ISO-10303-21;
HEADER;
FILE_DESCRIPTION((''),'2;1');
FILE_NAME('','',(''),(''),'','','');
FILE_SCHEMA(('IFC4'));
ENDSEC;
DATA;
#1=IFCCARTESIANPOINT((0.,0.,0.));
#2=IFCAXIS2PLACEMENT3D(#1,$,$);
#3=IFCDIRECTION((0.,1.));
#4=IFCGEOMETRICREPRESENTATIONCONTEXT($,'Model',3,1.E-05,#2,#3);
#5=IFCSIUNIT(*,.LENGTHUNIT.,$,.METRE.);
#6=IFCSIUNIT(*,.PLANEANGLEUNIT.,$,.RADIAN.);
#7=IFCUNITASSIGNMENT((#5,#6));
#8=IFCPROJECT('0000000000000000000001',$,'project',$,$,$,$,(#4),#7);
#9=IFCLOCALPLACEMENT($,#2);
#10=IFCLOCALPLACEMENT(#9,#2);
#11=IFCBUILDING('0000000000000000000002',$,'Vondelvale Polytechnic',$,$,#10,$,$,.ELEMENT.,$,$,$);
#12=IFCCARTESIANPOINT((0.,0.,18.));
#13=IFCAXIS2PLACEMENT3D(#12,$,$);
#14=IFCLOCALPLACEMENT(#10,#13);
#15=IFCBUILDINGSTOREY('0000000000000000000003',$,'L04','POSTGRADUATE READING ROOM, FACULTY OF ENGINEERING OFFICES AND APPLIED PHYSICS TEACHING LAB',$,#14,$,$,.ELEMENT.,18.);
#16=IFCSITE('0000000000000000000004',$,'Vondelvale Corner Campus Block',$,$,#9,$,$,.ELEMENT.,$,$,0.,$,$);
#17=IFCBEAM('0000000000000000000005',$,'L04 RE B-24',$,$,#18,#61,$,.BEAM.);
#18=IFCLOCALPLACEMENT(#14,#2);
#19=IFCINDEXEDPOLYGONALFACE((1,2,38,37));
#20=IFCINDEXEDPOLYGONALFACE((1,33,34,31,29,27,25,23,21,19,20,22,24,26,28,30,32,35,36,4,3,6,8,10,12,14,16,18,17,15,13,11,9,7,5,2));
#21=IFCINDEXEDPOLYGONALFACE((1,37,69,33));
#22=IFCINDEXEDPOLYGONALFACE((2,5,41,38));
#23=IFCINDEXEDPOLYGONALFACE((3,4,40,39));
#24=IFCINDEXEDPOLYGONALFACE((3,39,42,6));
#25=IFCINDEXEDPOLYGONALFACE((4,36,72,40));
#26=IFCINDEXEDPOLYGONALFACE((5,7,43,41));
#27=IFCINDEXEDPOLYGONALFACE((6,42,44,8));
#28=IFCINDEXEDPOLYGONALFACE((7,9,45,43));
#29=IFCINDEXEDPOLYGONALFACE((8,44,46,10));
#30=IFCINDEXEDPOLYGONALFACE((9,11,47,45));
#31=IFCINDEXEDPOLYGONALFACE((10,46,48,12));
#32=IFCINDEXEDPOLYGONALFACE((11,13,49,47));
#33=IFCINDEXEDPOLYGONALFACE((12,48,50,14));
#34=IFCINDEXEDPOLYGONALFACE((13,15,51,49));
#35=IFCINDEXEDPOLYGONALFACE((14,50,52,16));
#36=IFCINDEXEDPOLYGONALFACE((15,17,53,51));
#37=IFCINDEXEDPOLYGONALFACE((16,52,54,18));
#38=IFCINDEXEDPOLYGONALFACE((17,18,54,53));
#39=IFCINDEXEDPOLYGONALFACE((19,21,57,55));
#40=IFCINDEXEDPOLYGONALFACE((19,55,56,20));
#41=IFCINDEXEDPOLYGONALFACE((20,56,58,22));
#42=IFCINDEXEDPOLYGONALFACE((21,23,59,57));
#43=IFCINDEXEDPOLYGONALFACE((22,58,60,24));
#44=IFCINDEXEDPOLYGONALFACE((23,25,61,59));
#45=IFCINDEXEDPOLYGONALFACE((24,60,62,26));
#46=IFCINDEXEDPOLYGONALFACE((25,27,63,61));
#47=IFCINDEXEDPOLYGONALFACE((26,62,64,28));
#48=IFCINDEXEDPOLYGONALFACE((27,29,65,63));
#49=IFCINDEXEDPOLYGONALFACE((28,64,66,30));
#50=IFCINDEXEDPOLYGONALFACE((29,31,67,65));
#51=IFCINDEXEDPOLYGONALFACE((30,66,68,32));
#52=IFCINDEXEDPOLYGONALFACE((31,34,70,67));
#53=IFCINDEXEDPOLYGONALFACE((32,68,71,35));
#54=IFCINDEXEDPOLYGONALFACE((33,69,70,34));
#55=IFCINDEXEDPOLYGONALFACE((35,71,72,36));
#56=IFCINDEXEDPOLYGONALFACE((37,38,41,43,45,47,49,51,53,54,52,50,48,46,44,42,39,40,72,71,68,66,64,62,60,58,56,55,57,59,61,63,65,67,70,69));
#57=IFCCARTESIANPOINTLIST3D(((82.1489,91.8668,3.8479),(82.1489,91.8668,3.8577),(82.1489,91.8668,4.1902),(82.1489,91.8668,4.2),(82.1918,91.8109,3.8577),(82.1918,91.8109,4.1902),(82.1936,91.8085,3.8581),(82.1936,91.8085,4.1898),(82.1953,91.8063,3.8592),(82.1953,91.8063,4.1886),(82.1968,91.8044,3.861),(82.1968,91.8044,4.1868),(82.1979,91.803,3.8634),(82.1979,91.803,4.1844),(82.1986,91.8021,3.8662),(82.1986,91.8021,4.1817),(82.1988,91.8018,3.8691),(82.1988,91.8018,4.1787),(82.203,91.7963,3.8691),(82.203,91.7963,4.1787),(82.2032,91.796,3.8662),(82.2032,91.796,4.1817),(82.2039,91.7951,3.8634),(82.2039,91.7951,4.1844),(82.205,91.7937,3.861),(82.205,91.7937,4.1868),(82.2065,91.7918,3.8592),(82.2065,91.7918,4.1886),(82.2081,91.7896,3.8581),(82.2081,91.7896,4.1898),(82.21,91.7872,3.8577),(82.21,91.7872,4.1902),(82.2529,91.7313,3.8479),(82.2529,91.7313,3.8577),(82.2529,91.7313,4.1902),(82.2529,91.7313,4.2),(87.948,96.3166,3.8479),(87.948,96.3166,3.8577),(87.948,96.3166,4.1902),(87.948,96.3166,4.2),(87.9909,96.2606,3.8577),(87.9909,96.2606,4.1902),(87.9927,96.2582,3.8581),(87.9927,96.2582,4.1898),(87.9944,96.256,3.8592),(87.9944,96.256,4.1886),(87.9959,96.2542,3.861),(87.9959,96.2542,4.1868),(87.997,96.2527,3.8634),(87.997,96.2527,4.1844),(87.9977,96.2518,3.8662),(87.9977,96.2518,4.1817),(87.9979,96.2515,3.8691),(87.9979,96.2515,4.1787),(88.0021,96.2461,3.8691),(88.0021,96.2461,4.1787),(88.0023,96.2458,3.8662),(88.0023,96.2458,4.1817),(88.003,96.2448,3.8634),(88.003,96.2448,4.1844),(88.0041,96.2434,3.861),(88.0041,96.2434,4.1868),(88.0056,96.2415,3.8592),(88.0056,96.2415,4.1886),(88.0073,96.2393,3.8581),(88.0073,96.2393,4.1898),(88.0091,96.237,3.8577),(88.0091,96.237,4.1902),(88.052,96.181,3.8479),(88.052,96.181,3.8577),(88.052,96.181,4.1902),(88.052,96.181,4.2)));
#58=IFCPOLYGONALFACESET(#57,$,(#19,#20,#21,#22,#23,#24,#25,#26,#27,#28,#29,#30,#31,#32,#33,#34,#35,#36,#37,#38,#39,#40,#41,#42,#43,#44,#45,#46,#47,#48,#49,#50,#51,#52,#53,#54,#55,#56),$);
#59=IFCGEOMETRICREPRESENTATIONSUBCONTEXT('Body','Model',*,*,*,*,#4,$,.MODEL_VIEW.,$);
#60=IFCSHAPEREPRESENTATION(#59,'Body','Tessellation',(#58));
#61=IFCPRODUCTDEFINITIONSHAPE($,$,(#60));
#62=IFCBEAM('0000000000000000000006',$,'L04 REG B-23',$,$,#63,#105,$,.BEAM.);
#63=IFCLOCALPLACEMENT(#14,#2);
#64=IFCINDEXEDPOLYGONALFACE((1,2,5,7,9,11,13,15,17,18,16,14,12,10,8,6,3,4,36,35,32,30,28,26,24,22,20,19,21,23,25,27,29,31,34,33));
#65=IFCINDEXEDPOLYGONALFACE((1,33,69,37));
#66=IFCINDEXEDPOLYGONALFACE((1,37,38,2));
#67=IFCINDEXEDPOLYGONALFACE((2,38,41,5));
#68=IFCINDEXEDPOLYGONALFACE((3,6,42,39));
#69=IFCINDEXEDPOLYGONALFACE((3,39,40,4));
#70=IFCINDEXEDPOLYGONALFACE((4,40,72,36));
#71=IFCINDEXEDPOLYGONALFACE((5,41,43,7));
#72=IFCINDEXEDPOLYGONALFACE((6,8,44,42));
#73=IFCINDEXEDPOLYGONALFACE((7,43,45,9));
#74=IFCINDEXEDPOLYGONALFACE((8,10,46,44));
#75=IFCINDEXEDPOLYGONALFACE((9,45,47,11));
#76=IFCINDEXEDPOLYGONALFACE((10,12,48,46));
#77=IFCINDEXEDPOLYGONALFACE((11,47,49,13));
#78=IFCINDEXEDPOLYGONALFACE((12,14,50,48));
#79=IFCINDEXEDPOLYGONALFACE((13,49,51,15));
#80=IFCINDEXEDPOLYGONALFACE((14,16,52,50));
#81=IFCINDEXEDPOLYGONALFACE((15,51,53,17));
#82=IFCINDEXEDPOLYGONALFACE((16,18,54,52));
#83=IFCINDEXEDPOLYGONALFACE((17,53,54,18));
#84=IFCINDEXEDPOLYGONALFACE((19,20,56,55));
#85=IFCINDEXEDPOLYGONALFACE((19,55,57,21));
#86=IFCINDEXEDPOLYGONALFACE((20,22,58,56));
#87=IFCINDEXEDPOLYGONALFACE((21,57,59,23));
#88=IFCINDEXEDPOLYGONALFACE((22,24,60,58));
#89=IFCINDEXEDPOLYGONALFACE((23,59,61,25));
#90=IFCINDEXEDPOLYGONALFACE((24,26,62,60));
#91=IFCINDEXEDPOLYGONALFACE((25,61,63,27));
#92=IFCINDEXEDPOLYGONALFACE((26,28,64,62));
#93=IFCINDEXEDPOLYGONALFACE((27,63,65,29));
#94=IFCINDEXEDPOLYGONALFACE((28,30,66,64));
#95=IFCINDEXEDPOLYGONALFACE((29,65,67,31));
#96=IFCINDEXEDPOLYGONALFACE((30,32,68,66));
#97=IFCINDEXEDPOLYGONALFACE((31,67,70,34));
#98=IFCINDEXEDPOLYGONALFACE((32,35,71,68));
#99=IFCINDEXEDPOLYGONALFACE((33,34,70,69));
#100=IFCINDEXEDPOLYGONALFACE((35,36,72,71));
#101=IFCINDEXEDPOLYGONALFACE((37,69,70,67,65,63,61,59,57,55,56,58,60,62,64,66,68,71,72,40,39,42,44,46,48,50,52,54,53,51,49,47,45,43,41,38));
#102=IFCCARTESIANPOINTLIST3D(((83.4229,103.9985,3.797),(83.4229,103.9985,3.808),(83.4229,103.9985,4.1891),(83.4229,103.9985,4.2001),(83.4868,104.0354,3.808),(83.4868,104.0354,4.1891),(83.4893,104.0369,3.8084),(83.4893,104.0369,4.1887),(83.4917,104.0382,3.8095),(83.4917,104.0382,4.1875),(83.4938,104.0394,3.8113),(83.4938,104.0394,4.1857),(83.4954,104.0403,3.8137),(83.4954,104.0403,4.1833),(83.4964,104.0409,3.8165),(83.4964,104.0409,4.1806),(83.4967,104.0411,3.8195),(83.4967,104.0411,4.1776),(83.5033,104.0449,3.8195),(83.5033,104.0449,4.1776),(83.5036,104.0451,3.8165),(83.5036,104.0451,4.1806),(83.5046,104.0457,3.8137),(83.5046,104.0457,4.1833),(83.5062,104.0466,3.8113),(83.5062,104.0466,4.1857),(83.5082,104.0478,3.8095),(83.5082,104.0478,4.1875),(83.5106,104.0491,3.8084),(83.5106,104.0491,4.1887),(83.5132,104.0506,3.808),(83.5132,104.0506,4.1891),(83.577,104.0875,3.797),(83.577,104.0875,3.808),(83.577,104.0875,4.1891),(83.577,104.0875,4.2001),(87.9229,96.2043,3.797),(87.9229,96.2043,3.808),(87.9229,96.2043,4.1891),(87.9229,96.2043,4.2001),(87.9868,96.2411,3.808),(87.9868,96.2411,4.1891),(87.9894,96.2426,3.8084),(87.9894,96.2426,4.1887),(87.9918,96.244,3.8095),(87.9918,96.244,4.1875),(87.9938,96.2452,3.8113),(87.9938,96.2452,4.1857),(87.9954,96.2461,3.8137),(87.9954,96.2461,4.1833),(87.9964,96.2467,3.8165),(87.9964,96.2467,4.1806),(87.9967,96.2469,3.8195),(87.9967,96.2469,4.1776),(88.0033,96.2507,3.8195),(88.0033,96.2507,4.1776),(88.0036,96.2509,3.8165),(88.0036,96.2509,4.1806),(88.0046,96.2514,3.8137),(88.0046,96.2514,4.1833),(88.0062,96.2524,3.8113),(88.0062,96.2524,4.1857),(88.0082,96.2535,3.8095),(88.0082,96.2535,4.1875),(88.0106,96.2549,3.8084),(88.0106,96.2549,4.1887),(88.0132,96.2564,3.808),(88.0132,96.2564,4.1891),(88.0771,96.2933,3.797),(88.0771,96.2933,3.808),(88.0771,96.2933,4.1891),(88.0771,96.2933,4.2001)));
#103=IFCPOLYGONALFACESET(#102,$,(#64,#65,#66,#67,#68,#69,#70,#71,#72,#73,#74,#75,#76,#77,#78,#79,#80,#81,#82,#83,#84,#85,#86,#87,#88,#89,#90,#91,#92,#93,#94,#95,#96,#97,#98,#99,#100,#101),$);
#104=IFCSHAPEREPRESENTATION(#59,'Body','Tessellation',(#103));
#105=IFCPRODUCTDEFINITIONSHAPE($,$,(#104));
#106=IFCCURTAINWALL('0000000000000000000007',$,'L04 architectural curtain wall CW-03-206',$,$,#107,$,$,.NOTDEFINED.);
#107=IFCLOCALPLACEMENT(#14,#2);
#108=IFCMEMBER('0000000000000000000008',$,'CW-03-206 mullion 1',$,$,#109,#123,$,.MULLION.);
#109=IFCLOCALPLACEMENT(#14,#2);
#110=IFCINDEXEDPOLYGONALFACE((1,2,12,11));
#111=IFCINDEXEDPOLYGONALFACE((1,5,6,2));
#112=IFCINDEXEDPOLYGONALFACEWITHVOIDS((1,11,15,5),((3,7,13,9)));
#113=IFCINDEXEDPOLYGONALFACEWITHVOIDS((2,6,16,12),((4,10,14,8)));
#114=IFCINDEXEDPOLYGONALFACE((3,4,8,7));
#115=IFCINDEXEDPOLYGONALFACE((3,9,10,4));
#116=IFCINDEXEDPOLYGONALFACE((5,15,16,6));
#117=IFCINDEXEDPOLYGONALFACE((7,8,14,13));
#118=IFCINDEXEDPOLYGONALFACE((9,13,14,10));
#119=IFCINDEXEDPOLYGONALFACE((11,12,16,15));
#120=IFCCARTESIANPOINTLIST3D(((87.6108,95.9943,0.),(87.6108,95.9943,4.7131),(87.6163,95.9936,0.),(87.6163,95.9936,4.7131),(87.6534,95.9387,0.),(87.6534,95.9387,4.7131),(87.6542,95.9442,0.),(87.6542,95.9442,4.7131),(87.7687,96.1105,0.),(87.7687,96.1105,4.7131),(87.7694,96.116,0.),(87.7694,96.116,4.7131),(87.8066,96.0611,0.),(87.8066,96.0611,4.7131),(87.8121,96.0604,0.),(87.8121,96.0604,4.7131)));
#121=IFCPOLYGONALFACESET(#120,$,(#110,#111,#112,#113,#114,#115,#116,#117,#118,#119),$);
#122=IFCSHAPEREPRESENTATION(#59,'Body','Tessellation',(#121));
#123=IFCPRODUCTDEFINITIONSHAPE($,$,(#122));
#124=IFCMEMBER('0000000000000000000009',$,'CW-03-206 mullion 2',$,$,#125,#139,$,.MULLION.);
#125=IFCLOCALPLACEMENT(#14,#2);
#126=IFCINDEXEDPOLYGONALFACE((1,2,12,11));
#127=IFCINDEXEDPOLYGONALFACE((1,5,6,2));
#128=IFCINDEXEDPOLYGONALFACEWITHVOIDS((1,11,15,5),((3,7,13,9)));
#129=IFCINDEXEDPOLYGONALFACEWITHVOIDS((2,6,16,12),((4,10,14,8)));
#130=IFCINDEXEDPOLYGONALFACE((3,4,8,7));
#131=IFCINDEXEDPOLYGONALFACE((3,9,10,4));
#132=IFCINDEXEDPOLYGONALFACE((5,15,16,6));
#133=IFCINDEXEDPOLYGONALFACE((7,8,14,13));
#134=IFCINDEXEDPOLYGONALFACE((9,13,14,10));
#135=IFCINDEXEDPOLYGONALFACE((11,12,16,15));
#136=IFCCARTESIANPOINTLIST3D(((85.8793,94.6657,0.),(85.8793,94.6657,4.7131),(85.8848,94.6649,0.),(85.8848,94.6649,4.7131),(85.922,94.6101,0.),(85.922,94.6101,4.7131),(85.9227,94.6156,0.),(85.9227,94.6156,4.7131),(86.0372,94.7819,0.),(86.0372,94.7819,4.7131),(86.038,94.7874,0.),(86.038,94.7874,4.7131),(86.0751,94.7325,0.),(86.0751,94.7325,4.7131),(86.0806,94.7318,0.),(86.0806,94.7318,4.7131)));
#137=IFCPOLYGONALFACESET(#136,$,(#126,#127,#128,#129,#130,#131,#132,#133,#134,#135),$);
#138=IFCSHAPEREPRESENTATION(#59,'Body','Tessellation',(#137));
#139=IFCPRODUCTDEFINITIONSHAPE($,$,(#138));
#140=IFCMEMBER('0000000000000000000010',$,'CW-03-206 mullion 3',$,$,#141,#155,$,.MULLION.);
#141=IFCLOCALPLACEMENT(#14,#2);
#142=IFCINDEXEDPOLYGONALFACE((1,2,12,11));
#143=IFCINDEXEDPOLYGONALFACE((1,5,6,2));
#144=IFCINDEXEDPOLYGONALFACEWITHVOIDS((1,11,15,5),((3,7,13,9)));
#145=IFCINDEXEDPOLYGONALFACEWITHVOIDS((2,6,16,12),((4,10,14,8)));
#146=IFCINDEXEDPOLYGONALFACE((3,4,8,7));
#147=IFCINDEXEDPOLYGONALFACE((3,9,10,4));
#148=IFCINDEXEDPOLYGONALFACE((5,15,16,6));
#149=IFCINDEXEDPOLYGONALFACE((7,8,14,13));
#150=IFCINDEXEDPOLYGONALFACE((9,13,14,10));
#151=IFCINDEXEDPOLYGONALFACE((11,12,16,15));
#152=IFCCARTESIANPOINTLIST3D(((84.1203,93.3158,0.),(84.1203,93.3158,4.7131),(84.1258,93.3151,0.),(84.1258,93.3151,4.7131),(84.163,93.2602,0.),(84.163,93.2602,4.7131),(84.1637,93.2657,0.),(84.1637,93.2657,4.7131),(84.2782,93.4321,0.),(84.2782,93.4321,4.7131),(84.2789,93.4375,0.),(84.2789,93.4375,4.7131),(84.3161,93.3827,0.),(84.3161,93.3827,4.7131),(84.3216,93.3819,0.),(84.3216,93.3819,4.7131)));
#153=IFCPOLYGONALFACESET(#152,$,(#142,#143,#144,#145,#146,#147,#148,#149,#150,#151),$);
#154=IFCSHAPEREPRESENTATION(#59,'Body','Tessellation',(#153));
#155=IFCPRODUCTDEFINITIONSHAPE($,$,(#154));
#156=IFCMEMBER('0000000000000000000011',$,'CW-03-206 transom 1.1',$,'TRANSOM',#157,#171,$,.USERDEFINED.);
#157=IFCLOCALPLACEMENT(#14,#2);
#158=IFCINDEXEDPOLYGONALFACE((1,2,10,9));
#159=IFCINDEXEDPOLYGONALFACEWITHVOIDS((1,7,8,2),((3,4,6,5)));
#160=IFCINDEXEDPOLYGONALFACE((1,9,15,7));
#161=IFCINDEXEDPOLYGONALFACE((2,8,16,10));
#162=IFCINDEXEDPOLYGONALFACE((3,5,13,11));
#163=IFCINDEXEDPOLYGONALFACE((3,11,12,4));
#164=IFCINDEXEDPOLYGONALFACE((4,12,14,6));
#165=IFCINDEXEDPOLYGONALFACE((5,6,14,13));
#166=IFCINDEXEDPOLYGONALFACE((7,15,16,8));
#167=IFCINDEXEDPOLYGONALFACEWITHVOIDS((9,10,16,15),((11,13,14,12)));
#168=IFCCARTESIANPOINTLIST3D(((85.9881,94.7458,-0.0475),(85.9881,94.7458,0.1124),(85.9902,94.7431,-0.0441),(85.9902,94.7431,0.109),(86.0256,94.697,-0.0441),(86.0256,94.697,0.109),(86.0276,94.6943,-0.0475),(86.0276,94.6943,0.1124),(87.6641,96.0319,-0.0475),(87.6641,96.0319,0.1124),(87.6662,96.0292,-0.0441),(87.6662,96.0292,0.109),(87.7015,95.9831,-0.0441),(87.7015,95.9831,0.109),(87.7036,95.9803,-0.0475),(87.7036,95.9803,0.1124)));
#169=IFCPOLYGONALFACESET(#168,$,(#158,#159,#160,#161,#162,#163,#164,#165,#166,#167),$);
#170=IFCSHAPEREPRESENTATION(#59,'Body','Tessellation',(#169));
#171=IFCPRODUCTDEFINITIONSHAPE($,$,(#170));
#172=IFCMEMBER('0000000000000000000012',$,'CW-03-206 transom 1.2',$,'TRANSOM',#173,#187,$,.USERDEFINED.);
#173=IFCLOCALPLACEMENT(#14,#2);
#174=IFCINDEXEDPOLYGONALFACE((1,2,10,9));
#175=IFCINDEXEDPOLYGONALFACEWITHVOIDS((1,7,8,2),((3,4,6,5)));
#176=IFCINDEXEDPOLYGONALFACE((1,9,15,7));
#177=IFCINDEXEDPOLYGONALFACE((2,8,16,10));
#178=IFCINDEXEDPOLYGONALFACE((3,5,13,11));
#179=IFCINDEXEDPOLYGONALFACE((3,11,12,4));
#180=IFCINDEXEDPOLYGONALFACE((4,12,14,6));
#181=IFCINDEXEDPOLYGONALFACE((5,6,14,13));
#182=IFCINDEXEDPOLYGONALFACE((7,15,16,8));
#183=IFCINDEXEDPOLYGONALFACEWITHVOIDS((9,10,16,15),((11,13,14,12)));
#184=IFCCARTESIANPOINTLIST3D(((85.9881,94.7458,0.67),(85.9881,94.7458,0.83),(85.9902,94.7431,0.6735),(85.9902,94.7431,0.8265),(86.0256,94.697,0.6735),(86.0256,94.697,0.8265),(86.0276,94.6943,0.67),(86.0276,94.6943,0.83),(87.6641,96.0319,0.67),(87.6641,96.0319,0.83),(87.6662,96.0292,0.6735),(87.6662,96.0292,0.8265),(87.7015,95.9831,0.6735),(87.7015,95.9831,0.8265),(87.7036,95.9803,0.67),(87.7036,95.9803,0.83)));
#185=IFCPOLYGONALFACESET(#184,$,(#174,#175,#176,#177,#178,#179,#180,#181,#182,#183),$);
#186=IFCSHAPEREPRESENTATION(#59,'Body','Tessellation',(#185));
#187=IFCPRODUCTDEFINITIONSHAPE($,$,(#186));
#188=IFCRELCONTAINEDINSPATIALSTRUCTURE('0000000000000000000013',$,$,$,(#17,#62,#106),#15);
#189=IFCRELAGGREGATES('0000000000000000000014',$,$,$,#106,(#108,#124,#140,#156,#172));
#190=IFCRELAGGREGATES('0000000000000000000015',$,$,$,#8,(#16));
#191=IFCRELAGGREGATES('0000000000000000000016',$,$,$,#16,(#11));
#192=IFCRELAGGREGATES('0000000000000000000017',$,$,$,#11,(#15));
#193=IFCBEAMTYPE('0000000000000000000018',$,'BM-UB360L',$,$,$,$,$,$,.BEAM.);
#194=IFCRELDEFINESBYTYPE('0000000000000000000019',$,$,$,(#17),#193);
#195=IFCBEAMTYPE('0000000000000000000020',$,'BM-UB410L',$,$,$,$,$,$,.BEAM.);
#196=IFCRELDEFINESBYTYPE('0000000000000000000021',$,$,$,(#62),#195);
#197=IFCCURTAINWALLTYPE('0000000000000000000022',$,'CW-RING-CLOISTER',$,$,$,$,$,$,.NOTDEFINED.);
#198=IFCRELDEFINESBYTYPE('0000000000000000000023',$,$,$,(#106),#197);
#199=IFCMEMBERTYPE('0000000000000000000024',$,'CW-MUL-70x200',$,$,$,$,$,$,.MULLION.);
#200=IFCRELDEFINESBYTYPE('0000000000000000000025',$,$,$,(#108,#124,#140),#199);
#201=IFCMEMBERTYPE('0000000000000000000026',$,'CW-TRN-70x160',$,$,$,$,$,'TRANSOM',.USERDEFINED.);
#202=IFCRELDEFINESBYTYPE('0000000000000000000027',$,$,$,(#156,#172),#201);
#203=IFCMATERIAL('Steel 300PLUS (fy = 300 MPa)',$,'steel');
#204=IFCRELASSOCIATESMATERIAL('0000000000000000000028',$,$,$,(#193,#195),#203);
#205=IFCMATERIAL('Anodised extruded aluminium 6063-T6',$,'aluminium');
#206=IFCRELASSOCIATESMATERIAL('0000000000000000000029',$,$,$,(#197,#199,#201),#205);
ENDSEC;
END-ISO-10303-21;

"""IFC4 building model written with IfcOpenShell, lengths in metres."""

from ifc_helpers import new_model, si_unit, direction, frame, origin, origin_2d, place, context, subcontext, project, spatial, hollow_rectangle, i_section, extrude, material, material_profile, profile_set, type_object, element, aggregate, save


model = new_model("IFC4")

# Units and contexts
model_context = context("Model", 3, precision=1e-05, world=origin(), true_north=direction((0.0, 1.0)))
body_context = subcontext(model_context, "Body", "Model", "MODEL_VIEW")
ifc_project = project(units=[si_unit("LENGTHUNIT", "METRE"), si_unit("PLANEANGLEUNIT", "RADIAN")], contexts=[model_context])

# Site, building, storey
site_placement = place(None, origin())
site = spatial("IfcSite", under=ifc_project, at=site_placement, Name="Vondelvale Corner Campus Block", CompositionType="ELEMENT", RefElevation=0.0)
building_placement = place(site_placement, origin())
building = spatial("IfcBuilding", under=site, at=building_placement, Name="Vondelvale Polytechnic", CompositionType="ELEMENT")
storey_placement = place(building_placement, frame((0.0, 0.0, 18.0)))
storey = spatial("IfcBuildingStorey", under=building, at=storey_placement, Name="L04", Description="POSTGRADUATE READING ROOM, FACULTY OF ENGINEERING OFFICES AND APPLIED PHYSICS TEACHING LAB", CompositionType="ELEMENT", Elevation=18.0)

# Beams
ifc_material_1 = material(Name="Steel 300PLUS (fy = 300 MPa)", Category="steel")
ifc_material_profile_1 = material_profile(ifc_material_1, i_section(OverallWidth=0.1709, OverallDepth=0.3521, WebThickness=0.0068, FlangeThickness=0.0098, FilletRadius=0.0115, at=origin_2d()), Name="360UB44.7")
ifc_profile_set_1 = profile_set([ifc_material_profile_1], Name="Steel 300PLUS (fy = 300 MPa)")
beam_type_1 = type_object("IfcBeamType", Name="BM-UB360L", PredefinedType="BEAM", material=ifc_profile_set_1)
beam_1_placement = place(storey_placement, frame((88.0, 96.2488, 4.0239), z_axis=(-0.793358, -0.608755, 0.0), x_axis=(0.608755, -0.793358, 0.0)))
element("IfcBeam", 1, at=beam_1_placement, inside=storey, type_object=beam_type_1, Name="L04 RE B-24", PredefinedType="BEAM", context=body_context, shape_type="SweptSolid", body=[
    extrude(i_section(OverallWidth=0.1709, OverallDepth=0.3521, WebThickness=0.0068, FlangeThickness=0.0098, FilletRadius=0.0115, at=origin_2d()), origin(), (0.0, 0.0, 1.0), 7.3096),
])
ifc_material_profile_2 = material_profile(ifc_material_1, i_section(OverallWidth=0.178, OverallDepth=0.4031, WebThickness=0.0076, FlangeThickness=0.011, FilletRadius=0.0115, at=origin_2d()), Name="410UB53.7")
ifc_profile_set_2 = profile_set([ifc_material_profile_2], Name="Steel 300PLUS (fy = 300 MPa)")
beam_type_2 = type_object("IfcBeamType", Name="BM-UB410L", PredefinedType="BEAM", material=ifc_profile_set_2)
beam_2_placement = place(storey_placement, frame((88.0, 96.2488, 3.9985), z_axis=(-0.500002, 0.866024, 0.0), x_axis=(-0.866024, -0.500002, 0.0)))
element("IfcBeam", 2, at=beam_2_placement, inside=storey, type_object=beam_type_2, Name="L04 REG B-23", PredefinedType="BEAM", context=body_context, shape_type="SweptSolid", body=[
    extrude(i_section(OverallWidth=0.178, OverallDepth=0.4031, WebThickness=0.0076, FlangeThickness=0.011, FilletRadius=0.0115, at=origin_2d()), origin(), (0.0, 0.0, 1.0), 9.0),
])

# Curtain wall, members
ifc_material_2 = material(Name="Anodised extruded aluminium 6063-T6", Category="aluminium")
curtain_wall_type = type_object("IfcCurtainWallType", Name="CW-RING-CLOISTER", PredefinedType="NOTDEFINED", material=ifc_material_2)
curtain_wall_placement = place(storey_placement, origin())
curtain_wall = element("IfcCurtainWall", 3, at=curtain_wall_placement, inside=storey, type_object=curtain_wall_type, Name="L04 architectural curtain wall CW-03-206", PredefinedType="NOTDEFINED")
ifc_material_profile_3 = material_profile(ifc_material_2, hollow_rectangle(XDim=0.0701, YDim=0.2, WallThickness=0.0039, at=origin_2d()), Name="CW-MUL-200x70")
ifc_profile_set_3 = profile_set([ifc_material_profile_3], Name="Anodised extruded aluminium 6063-T6")
member_type_1 = type_object("IfcMemberType", Name="CW-MUL-70x200", PredefinedType="MULLION", material=ifc_profile_set_3)
member_1_placement = place(storey_placement, frame((87.7114, 96.0273, 0.0), z_axis=(0.0, 0.0, 1.0), x_axis=(0.608748, -0.793364, 0.0)))
member_1 = element("IfcMember", 4, at=member_1_placement, type_object=member_type_1, Name="CW-03-206 mullion 1", PredefinedType="MULLION", context=body_context, shape_type="SweptSolid", body=[
    extrude(hollow_rectangle(XDim=0.0701, YDim=0.2, WallThickness=0.0039, at=origin_2d()), origin(), (0.0, 0.0, 1.0), 4.7131),
])
member_2_placement = place(storey_placement, frame((85.98, 94.6987, 0.0), z_axis=(0.0, 0.0, 1.0), x_axis=(0.608748, -0.793364, 0.0)))
member_2 = element("IfcMember", 5, at=member_2_placement, type_object=member_type_1, Name="CW-03-206 mullion 2", PredefinedType="MULLION", context=body_context, shape_type="SweptSolid", body=[
    extrude(hollow_rectangle(XDim=0.0701, YDim=0.2, WallThickness=0.0039, at=origin_2d()), origin(), (0.0, 0.0, 1.0), 4.7131),
])
member_3_placement = place(storey_placement, frame((84.2209, 93.3489, 0.0), z_axis=(0.0, 0.0, 1.0), x_axis=(0.608748, -0.793364, 0.0)))
member_3 = element("IfcMember", 6, at=member_3_placement, type_object=member_type_1, Name="CW-03-206 mullion 3", PredefinedType="MULLION", context=body_context, shape_type="SweptSolid", body=[
    extrude(hollow_rectangle(XDim=0.0701, YDim=0.2, WallThickness=0.0039, at=origin_2d()), origin(), (0.0, 0.0, 1.0), 4.7131),
])
ifc_material_profile_4 = material_profile(ifc_material_2, hollow_rectangle(XDim=0.0649, YDim=0.1599, WallThickness=0.0034, at=origin_2d()), Name="CW-TRN-160x65")
ifc_profile_set_4 = profile_set([ifc_material_profile_4], Name="Anodised extruded aluminium 6063-T6")
member_type_2 = type_object("IfcMemberType", Name="CW-TRN-70x160", ElementType="TRANSOM", PredefinedType="USERDEFINED", material=ifc_profile_set_4)
member_4_placement = place(storey_placement, frame((87.6838, 96.0061, 0.0325), z_axis=(-0.793337, -0.608783, 0.0), x_axis=(0.608783, -0.793337, 0.0)))
member_4 = element("IfcMember", 7, at=member_4_placement, type_object=member_type_2, Name="CW-03-206 transom 1.1", ObjectType="TRANSOM", PredefinedType="USERDEFINED", context=body_context, shape_type="SweptSolid", body=[
    extrude(hollow_rectangle(XDim=0.0649, YDim=0.1599, WallThickness=0.0034, at=origin_2d()), origin(), (0.0, 0.0, 1.0), 2.1125),
])
member_5_placement = place(storey_placement, frame((87.6838, 96.0061, 0.75), z_axis=(-0.793337, -0.608783, 0.0), x_axis=(0.608783, -0.793337, 0.0)))
member_5 = element("IfcMember", 8, at=member_5_placement, type_object=member_type_2, Name="CW-03-206 transom 1.2", ObjectType="TRANSOM", PredefinedType="USERDEFINED", context=body_context, shape_type="SweptSolid", body=[
    extrude(hollow_rectangle(XDim=0.0649, YDim=0.1599, WallThickness=0.0034, at=origin_2d()), origin(), (0.0, 0.0, 1.0), 2.1125),
])

aggregate(curtain_wall, [member_1, member_2, member_3, member_4, member_5])

save(model, "model.ifc")
